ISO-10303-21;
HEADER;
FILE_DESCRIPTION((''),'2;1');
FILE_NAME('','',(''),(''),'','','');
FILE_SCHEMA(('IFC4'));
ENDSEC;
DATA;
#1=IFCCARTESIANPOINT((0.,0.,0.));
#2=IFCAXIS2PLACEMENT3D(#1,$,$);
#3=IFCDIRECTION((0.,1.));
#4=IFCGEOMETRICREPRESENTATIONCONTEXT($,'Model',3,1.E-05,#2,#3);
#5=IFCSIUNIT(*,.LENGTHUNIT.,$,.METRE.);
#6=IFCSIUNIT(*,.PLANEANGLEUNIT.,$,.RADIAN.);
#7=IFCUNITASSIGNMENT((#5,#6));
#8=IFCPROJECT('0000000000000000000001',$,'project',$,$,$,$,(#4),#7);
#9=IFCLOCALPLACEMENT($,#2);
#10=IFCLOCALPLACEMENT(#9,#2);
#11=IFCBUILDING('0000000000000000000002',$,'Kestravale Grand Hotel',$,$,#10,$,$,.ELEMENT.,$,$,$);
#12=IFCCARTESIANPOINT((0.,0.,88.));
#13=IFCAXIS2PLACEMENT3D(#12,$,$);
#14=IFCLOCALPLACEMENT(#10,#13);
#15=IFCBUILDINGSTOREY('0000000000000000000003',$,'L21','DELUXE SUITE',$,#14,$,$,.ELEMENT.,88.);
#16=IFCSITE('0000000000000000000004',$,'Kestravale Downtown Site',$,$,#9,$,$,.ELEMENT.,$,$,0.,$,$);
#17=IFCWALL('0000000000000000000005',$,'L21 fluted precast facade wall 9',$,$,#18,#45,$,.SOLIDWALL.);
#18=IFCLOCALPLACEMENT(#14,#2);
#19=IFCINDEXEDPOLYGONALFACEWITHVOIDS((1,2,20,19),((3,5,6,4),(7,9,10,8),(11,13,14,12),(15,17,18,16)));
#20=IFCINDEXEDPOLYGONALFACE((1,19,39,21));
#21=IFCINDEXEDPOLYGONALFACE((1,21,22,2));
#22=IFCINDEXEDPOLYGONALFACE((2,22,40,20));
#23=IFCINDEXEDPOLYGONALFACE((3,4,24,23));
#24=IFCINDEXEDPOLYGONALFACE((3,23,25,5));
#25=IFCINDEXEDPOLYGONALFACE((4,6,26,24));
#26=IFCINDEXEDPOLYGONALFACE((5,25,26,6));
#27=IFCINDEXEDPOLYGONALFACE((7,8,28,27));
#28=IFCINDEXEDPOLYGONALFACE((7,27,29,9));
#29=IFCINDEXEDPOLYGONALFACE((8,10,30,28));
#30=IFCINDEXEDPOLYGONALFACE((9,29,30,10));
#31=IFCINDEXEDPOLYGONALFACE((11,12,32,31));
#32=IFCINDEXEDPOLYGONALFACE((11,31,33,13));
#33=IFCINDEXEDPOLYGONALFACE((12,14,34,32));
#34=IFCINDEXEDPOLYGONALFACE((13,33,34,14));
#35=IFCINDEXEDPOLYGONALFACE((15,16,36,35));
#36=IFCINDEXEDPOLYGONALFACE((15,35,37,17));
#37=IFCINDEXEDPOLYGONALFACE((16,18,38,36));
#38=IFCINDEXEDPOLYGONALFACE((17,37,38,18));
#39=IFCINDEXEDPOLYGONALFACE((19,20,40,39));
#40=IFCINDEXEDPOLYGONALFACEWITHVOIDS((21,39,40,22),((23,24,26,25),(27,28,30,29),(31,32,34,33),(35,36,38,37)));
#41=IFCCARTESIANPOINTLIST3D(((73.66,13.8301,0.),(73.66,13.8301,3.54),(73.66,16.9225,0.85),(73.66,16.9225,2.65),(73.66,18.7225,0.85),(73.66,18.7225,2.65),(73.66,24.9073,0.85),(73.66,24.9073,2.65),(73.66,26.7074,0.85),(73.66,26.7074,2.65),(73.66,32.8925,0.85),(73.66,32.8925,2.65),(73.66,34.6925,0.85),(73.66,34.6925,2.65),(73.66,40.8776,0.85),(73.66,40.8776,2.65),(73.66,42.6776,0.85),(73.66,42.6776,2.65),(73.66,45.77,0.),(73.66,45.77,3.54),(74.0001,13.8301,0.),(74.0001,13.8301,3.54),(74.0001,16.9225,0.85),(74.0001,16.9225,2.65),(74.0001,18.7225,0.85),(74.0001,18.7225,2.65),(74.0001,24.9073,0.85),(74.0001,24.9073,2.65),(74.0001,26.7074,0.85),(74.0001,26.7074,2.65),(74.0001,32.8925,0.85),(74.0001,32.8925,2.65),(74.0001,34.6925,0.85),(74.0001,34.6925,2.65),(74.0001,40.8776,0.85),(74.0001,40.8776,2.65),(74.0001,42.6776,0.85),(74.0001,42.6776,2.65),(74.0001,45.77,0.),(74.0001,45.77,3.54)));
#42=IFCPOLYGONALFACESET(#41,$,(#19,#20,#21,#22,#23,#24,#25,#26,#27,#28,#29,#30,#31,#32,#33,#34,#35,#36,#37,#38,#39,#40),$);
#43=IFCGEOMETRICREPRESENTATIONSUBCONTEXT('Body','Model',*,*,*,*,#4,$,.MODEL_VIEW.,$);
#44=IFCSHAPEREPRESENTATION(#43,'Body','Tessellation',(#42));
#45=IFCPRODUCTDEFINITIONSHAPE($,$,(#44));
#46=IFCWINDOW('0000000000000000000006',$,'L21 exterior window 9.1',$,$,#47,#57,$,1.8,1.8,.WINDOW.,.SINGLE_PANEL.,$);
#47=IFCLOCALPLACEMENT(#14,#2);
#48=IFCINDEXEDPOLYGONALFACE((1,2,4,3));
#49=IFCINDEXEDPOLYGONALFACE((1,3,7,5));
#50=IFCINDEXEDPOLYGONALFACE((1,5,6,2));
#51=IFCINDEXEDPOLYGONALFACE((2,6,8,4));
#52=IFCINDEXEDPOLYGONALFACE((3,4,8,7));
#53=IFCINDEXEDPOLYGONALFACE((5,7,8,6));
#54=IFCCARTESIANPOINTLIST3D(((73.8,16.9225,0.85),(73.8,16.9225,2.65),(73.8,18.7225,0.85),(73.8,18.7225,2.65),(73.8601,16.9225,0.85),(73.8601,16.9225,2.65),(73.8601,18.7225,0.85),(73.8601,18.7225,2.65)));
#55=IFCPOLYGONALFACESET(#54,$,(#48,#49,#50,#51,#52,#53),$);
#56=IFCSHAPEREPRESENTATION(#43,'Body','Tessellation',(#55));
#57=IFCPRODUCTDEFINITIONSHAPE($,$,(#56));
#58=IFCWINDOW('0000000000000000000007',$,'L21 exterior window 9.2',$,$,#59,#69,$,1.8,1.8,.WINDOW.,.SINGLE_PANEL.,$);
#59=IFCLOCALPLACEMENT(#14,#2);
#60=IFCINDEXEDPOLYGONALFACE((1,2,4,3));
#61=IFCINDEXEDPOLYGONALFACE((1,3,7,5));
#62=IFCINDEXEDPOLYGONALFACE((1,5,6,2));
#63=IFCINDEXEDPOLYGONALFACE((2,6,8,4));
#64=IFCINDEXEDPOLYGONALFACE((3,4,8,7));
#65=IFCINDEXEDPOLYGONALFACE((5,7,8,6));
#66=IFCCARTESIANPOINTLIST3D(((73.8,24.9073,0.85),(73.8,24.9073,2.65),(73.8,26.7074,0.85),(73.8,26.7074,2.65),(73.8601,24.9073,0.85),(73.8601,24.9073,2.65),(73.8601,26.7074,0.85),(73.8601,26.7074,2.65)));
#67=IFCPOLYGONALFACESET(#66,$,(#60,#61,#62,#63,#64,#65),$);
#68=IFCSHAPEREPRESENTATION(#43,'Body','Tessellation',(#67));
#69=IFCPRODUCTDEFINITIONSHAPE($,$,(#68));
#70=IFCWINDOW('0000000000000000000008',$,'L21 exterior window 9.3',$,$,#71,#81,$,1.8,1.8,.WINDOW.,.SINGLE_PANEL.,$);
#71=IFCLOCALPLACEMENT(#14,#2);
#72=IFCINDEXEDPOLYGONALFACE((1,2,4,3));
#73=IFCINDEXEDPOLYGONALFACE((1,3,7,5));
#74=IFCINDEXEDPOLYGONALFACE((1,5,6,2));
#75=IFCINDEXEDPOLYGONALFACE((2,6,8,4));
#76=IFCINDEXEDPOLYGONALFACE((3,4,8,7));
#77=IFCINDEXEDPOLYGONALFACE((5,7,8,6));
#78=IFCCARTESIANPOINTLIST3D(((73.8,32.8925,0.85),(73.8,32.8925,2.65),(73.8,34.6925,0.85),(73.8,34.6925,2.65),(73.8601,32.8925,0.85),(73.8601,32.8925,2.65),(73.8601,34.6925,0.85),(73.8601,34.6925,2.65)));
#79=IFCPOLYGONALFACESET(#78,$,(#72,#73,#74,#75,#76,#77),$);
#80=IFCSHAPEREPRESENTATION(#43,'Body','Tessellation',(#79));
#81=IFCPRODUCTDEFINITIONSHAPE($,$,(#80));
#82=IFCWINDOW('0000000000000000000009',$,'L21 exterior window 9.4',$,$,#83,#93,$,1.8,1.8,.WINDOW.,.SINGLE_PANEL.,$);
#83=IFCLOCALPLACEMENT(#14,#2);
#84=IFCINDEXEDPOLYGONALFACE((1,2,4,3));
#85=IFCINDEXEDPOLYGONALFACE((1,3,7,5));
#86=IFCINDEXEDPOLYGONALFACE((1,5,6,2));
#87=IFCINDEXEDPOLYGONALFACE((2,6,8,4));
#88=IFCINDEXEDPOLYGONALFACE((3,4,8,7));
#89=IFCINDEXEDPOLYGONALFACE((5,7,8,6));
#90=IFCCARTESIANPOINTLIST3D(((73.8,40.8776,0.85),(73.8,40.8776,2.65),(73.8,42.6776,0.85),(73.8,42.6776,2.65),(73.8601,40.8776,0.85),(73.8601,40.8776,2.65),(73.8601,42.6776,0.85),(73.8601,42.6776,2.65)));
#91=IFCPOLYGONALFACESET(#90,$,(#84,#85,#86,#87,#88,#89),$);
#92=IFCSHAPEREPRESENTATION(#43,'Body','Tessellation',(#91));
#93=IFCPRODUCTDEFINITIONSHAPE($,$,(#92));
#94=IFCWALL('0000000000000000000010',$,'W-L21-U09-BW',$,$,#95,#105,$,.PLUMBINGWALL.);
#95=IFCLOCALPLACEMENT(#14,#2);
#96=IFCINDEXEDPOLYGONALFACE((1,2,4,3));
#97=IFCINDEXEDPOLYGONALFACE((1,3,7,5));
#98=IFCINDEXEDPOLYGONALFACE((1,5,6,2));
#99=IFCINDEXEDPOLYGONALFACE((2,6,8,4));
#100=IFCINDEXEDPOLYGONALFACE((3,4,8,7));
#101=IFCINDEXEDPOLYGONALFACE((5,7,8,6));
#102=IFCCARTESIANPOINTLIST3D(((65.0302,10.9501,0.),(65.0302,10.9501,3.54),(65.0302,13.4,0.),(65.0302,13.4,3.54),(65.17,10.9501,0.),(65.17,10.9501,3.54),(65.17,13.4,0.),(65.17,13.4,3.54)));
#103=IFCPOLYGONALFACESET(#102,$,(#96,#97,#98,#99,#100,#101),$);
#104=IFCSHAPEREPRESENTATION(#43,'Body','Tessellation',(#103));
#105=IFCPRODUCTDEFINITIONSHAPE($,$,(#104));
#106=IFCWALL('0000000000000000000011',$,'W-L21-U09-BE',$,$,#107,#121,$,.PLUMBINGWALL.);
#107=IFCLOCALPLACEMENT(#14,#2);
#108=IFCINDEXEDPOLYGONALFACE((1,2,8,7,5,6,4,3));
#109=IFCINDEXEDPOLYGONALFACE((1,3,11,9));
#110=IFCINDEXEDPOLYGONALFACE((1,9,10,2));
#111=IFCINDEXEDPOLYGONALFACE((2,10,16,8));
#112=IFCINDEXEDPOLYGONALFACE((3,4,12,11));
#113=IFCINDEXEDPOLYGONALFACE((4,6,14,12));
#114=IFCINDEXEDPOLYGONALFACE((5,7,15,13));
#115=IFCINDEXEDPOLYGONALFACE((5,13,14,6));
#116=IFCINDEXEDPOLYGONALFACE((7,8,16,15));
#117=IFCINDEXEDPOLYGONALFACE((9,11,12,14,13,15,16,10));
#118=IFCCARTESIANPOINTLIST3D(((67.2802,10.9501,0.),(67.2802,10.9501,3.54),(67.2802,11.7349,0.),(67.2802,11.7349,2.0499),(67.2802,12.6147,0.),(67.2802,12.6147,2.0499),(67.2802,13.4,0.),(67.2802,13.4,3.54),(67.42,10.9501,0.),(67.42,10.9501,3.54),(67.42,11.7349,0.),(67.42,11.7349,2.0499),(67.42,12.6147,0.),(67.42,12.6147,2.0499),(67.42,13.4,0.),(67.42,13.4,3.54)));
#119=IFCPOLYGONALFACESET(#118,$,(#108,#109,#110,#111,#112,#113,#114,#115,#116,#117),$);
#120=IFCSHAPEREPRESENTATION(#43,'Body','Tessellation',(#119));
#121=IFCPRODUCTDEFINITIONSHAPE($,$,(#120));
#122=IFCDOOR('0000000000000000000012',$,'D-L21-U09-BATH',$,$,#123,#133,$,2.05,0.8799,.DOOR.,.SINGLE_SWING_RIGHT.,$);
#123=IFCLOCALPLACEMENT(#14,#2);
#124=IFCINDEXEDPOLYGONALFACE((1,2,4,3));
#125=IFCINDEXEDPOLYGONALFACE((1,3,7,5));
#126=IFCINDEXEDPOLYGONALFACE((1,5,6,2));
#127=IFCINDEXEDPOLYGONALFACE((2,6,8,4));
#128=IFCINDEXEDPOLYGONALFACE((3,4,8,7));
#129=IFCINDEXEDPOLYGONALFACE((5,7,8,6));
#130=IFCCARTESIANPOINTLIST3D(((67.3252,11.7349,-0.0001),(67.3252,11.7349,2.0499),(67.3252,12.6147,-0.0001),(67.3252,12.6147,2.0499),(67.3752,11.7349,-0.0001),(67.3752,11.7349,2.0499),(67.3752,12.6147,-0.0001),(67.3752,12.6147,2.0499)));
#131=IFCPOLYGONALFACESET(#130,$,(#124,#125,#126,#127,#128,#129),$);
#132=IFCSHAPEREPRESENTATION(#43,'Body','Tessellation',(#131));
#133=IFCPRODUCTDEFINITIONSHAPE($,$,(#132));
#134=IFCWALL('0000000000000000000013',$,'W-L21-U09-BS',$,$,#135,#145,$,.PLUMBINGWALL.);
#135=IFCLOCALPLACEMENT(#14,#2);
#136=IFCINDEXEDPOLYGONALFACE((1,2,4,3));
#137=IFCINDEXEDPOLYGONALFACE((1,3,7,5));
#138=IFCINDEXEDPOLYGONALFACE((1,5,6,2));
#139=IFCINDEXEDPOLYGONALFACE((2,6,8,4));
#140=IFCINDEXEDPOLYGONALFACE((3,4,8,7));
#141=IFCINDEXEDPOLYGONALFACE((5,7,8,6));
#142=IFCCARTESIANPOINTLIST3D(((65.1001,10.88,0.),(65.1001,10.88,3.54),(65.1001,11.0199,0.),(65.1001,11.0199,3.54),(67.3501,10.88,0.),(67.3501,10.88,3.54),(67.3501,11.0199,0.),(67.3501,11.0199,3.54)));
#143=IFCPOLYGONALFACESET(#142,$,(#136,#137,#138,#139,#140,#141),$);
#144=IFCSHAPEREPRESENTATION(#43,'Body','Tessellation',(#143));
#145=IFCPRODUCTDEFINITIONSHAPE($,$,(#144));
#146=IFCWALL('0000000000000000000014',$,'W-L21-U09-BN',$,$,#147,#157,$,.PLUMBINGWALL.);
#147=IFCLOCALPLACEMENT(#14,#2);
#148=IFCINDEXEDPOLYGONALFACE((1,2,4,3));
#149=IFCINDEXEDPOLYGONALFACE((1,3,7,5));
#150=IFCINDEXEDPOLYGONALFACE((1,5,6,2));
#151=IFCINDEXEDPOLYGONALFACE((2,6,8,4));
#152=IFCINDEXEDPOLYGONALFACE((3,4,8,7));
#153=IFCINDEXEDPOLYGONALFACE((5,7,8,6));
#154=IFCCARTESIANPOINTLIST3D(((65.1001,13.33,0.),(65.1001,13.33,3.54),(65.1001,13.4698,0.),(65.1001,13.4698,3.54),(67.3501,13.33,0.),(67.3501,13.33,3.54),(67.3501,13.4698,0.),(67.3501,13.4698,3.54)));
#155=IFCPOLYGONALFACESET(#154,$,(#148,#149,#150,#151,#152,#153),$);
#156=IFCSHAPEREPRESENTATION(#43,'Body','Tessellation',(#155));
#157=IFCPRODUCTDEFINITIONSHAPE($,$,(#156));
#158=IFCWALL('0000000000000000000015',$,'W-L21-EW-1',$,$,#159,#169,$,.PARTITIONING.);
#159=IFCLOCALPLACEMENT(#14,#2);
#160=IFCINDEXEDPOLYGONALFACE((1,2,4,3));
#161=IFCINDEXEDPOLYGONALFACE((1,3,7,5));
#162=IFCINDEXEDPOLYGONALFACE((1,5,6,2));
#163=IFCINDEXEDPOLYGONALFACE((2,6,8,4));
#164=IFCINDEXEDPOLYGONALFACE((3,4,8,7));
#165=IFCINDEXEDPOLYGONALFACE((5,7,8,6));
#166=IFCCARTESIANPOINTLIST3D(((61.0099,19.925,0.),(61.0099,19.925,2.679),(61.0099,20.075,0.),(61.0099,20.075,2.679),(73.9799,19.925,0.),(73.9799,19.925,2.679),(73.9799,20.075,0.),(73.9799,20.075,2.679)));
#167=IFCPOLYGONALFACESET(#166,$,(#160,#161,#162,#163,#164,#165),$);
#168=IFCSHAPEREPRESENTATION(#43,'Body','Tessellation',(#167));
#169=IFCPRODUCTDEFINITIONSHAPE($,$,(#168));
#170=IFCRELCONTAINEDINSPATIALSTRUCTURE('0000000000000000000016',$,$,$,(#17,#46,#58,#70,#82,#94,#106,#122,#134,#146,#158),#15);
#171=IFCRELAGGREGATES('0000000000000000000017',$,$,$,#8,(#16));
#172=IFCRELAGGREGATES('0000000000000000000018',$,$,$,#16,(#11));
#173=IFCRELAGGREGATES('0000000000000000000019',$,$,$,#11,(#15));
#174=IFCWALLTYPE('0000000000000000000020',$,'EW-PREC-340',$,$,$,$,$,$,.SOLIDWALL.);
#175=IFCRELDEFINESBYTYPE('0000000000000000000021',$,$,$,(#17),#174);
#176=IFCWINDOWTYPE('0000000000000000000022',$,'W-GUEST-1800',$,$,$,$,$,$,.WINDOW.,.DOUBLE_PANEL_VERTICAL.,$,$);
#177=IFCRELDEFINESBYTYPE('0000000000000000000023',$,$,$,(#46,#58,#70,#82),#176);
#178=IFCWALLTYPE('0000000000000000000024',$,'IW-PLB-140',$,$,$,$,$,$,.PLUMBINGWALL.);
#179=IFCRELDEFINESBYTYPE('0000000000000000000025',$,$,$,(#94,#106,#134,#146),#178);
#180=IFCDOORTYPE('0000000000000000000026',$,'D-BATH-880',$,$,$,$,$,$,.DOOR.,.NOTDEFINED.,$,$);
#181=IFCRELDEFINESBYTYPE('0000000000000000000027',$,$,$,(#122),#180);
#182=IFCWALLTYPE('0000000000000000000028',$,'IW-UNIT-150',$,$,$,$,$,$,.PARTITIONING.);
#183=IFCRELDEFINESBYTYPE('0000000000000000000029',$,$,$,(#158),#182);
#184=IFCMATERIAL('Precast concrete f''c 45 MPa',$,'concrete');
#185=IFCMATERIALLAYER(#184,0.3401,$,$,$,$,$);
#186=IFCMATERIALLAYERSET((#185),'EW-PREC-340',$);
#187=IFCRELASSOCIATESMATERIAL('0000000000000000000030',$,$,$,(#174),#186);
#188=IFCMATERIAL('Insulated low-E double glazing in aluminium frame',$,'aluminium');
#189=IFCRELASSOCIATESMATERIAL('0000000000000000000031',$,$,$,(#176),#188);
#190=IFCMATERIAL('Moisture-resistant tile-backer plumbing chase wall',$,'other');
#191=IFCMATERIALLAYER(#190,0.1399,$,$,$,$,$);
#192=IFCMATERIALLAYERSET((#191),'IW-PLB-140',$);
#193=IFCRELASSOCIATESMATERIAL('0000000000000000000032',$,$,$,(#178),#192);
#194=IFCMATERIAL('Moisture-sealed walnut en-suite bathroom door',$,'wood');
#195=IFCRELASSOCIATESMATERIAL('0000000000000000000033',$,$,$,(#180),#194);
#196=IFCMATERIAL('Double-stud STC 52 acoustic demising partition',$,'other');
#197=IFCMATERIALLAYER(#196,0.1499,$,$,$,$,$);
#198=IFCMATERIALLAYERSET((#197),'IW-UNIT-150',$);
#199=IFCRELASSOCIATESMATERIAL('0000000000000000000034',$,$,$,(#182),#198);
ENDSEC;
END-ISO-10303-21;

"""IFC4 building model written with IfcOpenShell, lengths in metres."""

from ifc_helpers import new_model, si_unit, direction, frame, frame_2d, origin, place, context, subcontext, project, spatial, rectangle, extrude, material, layer, layer_set, type_object, element, fill, save


model = new_model("IFC4")

# Units and contexts
model_context = context("Model", 3, precision=1e-05, world=origin(), true_north=direction((0.0, 1.0)))
body_context = subcontext(model_context, "Body", "Model", "MODEL_VIEW")
ifc_project = project(units=[si_unit("LENGTHUNIT", "METRE"), si_unit("PLANEANGLEUNIT", "RADIAN")], contexts=[model_context])

# Site, building, storey
site_placement = place(None, origin())
site = spatial("IfcSite", under=ifc_project, at=site_placement, Name="Kestravale Downtown Site", CompositionType="ELEMENT", RefElevation=0.0)
building_placement = place(site_placement, origin())
building = spatial("IfcBuilding", under=site, at=building_placement, Name="Kestravale Grand Hotel", CompositionType="ELEMENT")
storey_placement = place(building_placement, frame((0.0, 0.0, 88.0)))
storey = spatial("IfcBuildingStorey", under=building, at=storey_placement, Name="L21", Description="DELUXE SUITE", CompositionType="ELEMENT", Elevation=88.0)

# Shared definitions
ifc_material_1 = material(Name="Precast concrete f'c 45 MPa", Category="concrete")
ifc_layer_1 = layer(ifc_material_1, 0.3401)
ifc_layer_set_1 = layer_set([ifc_layer_1], Name="EW-PREC-340")
wall_type_1 = type_object("IfcWallType", Name="EW-PREC-340", PredefinedType="SOLIDWALL", material=ifc_layer_set_1)
ifc_material_2 = material(Name="Insulated low-E double glazing in aluminium frame", Category="aluminium")
window_type = type_object("IfcWindowType", Name="W-GUEST-1800", PartitioningType="DOUBLE_PANEL_VERTICAL", PredefinedType="WINDOW", material=ifc_material_2)

# Wall, openings, windows
wall_1_placement = place(storey_placement, frame((73.8301, 13.8301, 0.0), z_axis=(0.0, 0.0, 1.0), x_axis=(0.0, 1.0, 0.0)))
wall_1 = element("IfcWall", 1, at=wall_1_placement, inside=storey, type_object=wall_type_1, Name="L21 fluted precast facade wall 9", PredefinedType="SOLIDWALL", context=body_context, shape_type="SweptSolid", body=[
    extrude(rectangle(XDim=31.9399, YDim=0.3401, at=frame_2d((15.97, 0.0))), origin(), (0.0, 0.0, 1.0), 3.54),
])
opening_1_placement = place(wall_1_placement, frame((3.0925, 0.0, 0.8501)))
opening_1 = element("IfcOpeningElement", 2, at=opening_1_placement, cuts=wall_1, PredefinedType="OPENING", context=body_context, shape_type="SweptSolid", body=[
    extrude(rectangle(XDim=1.8, YDim=1.8, at=frame_2d((0.8999, 0.8999))), frame((0.0, 0.1799, 0.0), z_axis=(0.0, -1.0, 0.0), x_axis=(1.0, 0.0, 0.0)), (0.0, 0.0, 1.0), 0.3601),
])
opening_2_placement = place(wall_1_placement, frame((11.0774, 0.0, 0.8501)))
opening_2 = element("IfcOpeningElement", 3, at=opening_2_placement, cuts=wall_1, PredefinedType="OPENING", context=body_context, shape_type="SweptSolid", body=[
    extrude(rectangle(XDim=1.8, YDim=1.8, at=frame_2d((0.8999, 0.8999))), frame((0.0, 0.1799, 0.0), z_axis=(0.0, -1.0, 0.0), x_axis=(1.0, 0.0, 0.0)), (0.0, 0.0, 1.0), 0.3601),
])
opening_3_placement = place(wall_1_placement, frame((19.0625, 0.0, 0.8501)))
opening_3 = element("IfcOpeningElement", 4, at=opening_3_placement, cuts=wall_1, PredefinedType="OPENING", context=body_context, shape_type="SweptSolid", body=[
    extrude(rectangle(XDim=1.8, YDim=1.8, at=frame_2d((0.8999, 0.8999))), frame((0.0, 0.1799, 0.0), z_axis=(0.0, -1.0, 0.0), x_axis=(1.0, 0.0, 0.0)), (0.0, 0.0, 1.0), 0.3601),
])
opening_4_placement = place(wall_1_placement, frame((27.0476, 0.0, 0.8501)))
opening_4 = element("IfcOpeningElement", 5, at=opening_4_placement, cuts=wall_1, PredefinedType="OPENING", context=body_context, shape_type="SweptSolid", body=[
    extrude(rectangle(XDim=1.8, YDim=1.8, at=frame_2d((0.8999, 0.8999))), frame((0.0, 0.1799, 0.0), z_axis=(0.0, -1.0, 0.0), x_axis=(1.0, 0.0, 0.0)), (0.0, 0.0, 1.0), 0.3601),
])
window_1_placement = place(opening_1_placement, origin())
window_1 = element("IfcWindow", 6, at=window_1_placement, inside=storey, type_object=window_type, Name="L21 exterior window 9.1", OverallHeight=1.8, OverallWidth=1.8, PartitioningType="SINGLE_PANEL", PredefinedType="WINDOW", context=body_context, shape_type="SweptSolid", body=[
    extrude(rectangle(XDim=1.8, YDim=1.8, at=frame_2d((0.8999, 0.8999))), frame((0.0, 0.03, 0.0), z_axis=(0.0, -1.0, 0.0), x_axis=(1.0, 0.0, 0.0)), (0.0, 0.0, 1.0), 0.0601),
])
fill(opening_1, window_1)
window_2_placement = place(opening_2_placement, origin())
window_2 = element("IfcWindow", 7, at=window_2_placement, inside=storey, type_object=window_type, Name="L21 exterior window 9.2", OverallHeight=1.8, OverallWidth=1.8, PartitioningType="SINGLE_PANEL", PredefinedType="WINDOW", context=body_context, shape_type="SweptSolid", body=[
    extrude(rectangle(XDim=1.8, YDim=1.8, at=frame_2d((0.8999, 0.8999))), frame((0.0, 0.03, 0.0), z_axis=(0.0, -1.0, 0.0), x_axis=(1.0, 0.0, 0.0)), (0.0, 0.0, 1.0), 0.0601),
])
fill(opening_2, window_2)
window_3_placement = place(opening_3_placement, origin())
window_3 = element("IfcWindow", 8, at=window_3_placement, inside=storey, type_object=window_type, Name="L21 exterior window 9.3", OverallHeight=1.8, OverallWidth=1.8, PartitioningType="SINGLE_PANEL", PredefinedType="WINDOW", context=body_context, shape_type="SweptSolid", body=[
    extrude(rectangle(XDim=1.8, YDim=1.8, at=frame_2d((0.8999, 0.8999))), frame((0.0, 0.03, 0.0), z_axis=(0.0, -1.0, 0.0), x_axis=(1.0, 0.0, 0.0)), (0.0, 0.0, 1.0), 0.0601),
])
fill(opening_3, window_3)
window_4_placement = place(opening_4_placement, origin())
window_4 = element("IfcWindow", 9, at=window_4_placement, inside=storey, type_object=window_type, Name="L21 exterior window 9.4", OverallHeight=1.8, OverallWidth=1.8, PartitioningType="SINGLE_PANEL", PredefinedType="WINDOW", context=body_context, shape_type="SweptSolid", body=[
    extrude(rectangle(XDim=1.8, YDim=1.8, at=frame_2d((0.8999, 0.8999))), frame((0.0, 0.03, 0.0), z_axis=(0.0, -1.0, 0.0), x_axis=(1.0, 0.0, 0.0)), (0.0, 0.0, 1.0), 0.0601),
])
fill(opening_4, window_4)

# Wall
ifc_material_3 = material(Name="Moisture-resistant tile-backer plumbing chase wall", Category="other")
ifc_layer_2 = layer(ifc_material_3, 0.1399)
ifc_layer_set_2 = layer_set([ifc_layer_2], Name="IW-PLB-140")
wall_type_2 = type_object("IfcWallType", Name="IW-PLB-140", PredefinedType="PLUMBINGWALL", material=ifc_layer_set_2)
wall_2_placement = place(storey_placement, frame((65.1001, 10.95, 0.0), z_axis=(0.0, 0.0, 1.0), x_axis=(0.0, 1.0, 0.0)))
element("IfcWall", 10, at=wall_2_placement, inside=storey, type_object=wall_type_2, Name="W-L21-U09-BW", PredefinedType="PLUMBINGWALL", context=body_context, shape_type="SweptSolid", body=[
    extrude(rectangle(XDim=2.45, YDim=0.1399, at=frame_2d((1.2251, 0.0))), origin(), (0.0, 0.0, 1.0), 3.54),
])

# Wall, opening, door
wall_3_placement = place(storey_placement, frame((67.3501, 10.95, 0.0), z_axis=(0.0, 0.0, 1.0), x_axis=(0.0, 1.0, 0.0)))
wall_3 = element("IfcWall", 11, at=wall_3_placement, inside=storey, type_object=wall_type_2, Name="W-L21-U09-BE", PredefinedType="PLUMBINGWALL", context=body_context, shape_type="SweptSolid", body=[
    extrude(rectangle(XDim=2.45, YDim=0.1399, at=frame_2d((1.2251, 0.0))), origin(), (0.0, 0.0, 1.0), 3.54),
])
opening_5_placement = place(wall_3_placement, frame((0.7849, 0.0, 0.0)))
opening_5 = element("IfcOpeningElement", 12, at=opening_5_placement, cuts=wall_3, PredefinedType="OPENING", context=body_context, shape_type="SweptSolid", body=[
    extrude(rectangle(XDim=0.8799, YDim=2.05, at=frame_2d((0.4399, 1.0249))), frame((0.0, 0.0798, 0.0), z_axis=(0.0, -1.0, 0.0), x_axis=(1.0, 0.0, 0.0)), (0.0, 0.0, 1.0), 0.1599),
])
ifc_material_4 = material(Name="Moisture-sealed walnut en-suite bathroom door", Category="wood")
door_type = type_object("IfcDoorType", Name="D-BATH-880", OperationType="NOTDEFINED", PredefinedType="DOOR", material=ifc_material_4)
door_placement = place(opening_5_placement, origin())
door = element("IfcDoor", 13, at=door_placement, inside=storey, type_object=door_type, Name="D-L21-U09-BATH", OperationType="SINGLE_SWING_RIGHT", OverallHeight=2.05, OverallWidth=0.8799, PredefinedType="DOOR", context=body_context, shape_type="SweptSolid", body=[
    extrude(rectangle(XDim=0.8799, YDim=2.05, at=frame_2d((0.4399, 1.0249))), frame((0.0, 0.0249, 0.0), z_axis=(0.0, -1.0, 0.0), x_axis=(1.0, 0.0, 0.0)), (0.0, 0.0, 1.0), 0.05),
])
fill(opening_5, door)

# Walls
for number, where, z_axis, x_axis, name in (
    (14, (65.1001, 10.95, 0.0), (0.0, 0.0, 1.0), (1.0, 0.0, 0.0), "W-L21-U09-BS"),
    (15, (65.1001, 13.3999, 0.0), (0.0, 0.0, 1.0), (1.0, 0.0, 0.0), "W-L21-U09-BN"),
):
    element("IfcWall", number, at=place(storey_placement, frame(where, z_axis=z_axis, x_axis=x_axis)), inside=storey, type_object=wall_type_2, Name=name, PredefinedType="PLUMBINGWALL", context=body_context, shape_type="SweptSolid", body=[
        extrude(rectangle(XDim=2.25, YDim=0.1399, at=frame_2d((1.125, 0.0))), origin(), (0.0, 0.0, 1.0), 3.54),
    ])
ifc_material_5 = material(Name="Double-stud STC 52 acoustic demising partition", Category="other")
ifc_layer_3 = layer(ifc_material_5, 0.1499)
ifc_layer_set_3 = layer_set([ifc_layer_3], Name="IW-UNIT-150")
wall_type_3 = type_object("IfcWallType", Name="IW-UNIT-150", PredefinedType="PARTITIONING", material=ifc_layer_set_3)
wall_4_placement = place(storey_placement, frame((61.01, 20.0, 0.0), z_axis=(0.0, 0.0, 1.0), x_axis=(1.0, 0.0, 0.0)))
element("IfcWall", 16, at=wall_4_placement, inside=storey, type_object=wall_type_3, Name="W-L21-EW-1", PredefinedType="PARTITIONING", context=body_context, shape_type="SweptSolid", body=[
    extrude(rectangle(XDim=12.97, YDim=0.1499, at=frame_2d((6.4849, 0.0))), origin(), (0.0, 0.0, 1.0), 2.679),
])

save(model, "model.ifc")
